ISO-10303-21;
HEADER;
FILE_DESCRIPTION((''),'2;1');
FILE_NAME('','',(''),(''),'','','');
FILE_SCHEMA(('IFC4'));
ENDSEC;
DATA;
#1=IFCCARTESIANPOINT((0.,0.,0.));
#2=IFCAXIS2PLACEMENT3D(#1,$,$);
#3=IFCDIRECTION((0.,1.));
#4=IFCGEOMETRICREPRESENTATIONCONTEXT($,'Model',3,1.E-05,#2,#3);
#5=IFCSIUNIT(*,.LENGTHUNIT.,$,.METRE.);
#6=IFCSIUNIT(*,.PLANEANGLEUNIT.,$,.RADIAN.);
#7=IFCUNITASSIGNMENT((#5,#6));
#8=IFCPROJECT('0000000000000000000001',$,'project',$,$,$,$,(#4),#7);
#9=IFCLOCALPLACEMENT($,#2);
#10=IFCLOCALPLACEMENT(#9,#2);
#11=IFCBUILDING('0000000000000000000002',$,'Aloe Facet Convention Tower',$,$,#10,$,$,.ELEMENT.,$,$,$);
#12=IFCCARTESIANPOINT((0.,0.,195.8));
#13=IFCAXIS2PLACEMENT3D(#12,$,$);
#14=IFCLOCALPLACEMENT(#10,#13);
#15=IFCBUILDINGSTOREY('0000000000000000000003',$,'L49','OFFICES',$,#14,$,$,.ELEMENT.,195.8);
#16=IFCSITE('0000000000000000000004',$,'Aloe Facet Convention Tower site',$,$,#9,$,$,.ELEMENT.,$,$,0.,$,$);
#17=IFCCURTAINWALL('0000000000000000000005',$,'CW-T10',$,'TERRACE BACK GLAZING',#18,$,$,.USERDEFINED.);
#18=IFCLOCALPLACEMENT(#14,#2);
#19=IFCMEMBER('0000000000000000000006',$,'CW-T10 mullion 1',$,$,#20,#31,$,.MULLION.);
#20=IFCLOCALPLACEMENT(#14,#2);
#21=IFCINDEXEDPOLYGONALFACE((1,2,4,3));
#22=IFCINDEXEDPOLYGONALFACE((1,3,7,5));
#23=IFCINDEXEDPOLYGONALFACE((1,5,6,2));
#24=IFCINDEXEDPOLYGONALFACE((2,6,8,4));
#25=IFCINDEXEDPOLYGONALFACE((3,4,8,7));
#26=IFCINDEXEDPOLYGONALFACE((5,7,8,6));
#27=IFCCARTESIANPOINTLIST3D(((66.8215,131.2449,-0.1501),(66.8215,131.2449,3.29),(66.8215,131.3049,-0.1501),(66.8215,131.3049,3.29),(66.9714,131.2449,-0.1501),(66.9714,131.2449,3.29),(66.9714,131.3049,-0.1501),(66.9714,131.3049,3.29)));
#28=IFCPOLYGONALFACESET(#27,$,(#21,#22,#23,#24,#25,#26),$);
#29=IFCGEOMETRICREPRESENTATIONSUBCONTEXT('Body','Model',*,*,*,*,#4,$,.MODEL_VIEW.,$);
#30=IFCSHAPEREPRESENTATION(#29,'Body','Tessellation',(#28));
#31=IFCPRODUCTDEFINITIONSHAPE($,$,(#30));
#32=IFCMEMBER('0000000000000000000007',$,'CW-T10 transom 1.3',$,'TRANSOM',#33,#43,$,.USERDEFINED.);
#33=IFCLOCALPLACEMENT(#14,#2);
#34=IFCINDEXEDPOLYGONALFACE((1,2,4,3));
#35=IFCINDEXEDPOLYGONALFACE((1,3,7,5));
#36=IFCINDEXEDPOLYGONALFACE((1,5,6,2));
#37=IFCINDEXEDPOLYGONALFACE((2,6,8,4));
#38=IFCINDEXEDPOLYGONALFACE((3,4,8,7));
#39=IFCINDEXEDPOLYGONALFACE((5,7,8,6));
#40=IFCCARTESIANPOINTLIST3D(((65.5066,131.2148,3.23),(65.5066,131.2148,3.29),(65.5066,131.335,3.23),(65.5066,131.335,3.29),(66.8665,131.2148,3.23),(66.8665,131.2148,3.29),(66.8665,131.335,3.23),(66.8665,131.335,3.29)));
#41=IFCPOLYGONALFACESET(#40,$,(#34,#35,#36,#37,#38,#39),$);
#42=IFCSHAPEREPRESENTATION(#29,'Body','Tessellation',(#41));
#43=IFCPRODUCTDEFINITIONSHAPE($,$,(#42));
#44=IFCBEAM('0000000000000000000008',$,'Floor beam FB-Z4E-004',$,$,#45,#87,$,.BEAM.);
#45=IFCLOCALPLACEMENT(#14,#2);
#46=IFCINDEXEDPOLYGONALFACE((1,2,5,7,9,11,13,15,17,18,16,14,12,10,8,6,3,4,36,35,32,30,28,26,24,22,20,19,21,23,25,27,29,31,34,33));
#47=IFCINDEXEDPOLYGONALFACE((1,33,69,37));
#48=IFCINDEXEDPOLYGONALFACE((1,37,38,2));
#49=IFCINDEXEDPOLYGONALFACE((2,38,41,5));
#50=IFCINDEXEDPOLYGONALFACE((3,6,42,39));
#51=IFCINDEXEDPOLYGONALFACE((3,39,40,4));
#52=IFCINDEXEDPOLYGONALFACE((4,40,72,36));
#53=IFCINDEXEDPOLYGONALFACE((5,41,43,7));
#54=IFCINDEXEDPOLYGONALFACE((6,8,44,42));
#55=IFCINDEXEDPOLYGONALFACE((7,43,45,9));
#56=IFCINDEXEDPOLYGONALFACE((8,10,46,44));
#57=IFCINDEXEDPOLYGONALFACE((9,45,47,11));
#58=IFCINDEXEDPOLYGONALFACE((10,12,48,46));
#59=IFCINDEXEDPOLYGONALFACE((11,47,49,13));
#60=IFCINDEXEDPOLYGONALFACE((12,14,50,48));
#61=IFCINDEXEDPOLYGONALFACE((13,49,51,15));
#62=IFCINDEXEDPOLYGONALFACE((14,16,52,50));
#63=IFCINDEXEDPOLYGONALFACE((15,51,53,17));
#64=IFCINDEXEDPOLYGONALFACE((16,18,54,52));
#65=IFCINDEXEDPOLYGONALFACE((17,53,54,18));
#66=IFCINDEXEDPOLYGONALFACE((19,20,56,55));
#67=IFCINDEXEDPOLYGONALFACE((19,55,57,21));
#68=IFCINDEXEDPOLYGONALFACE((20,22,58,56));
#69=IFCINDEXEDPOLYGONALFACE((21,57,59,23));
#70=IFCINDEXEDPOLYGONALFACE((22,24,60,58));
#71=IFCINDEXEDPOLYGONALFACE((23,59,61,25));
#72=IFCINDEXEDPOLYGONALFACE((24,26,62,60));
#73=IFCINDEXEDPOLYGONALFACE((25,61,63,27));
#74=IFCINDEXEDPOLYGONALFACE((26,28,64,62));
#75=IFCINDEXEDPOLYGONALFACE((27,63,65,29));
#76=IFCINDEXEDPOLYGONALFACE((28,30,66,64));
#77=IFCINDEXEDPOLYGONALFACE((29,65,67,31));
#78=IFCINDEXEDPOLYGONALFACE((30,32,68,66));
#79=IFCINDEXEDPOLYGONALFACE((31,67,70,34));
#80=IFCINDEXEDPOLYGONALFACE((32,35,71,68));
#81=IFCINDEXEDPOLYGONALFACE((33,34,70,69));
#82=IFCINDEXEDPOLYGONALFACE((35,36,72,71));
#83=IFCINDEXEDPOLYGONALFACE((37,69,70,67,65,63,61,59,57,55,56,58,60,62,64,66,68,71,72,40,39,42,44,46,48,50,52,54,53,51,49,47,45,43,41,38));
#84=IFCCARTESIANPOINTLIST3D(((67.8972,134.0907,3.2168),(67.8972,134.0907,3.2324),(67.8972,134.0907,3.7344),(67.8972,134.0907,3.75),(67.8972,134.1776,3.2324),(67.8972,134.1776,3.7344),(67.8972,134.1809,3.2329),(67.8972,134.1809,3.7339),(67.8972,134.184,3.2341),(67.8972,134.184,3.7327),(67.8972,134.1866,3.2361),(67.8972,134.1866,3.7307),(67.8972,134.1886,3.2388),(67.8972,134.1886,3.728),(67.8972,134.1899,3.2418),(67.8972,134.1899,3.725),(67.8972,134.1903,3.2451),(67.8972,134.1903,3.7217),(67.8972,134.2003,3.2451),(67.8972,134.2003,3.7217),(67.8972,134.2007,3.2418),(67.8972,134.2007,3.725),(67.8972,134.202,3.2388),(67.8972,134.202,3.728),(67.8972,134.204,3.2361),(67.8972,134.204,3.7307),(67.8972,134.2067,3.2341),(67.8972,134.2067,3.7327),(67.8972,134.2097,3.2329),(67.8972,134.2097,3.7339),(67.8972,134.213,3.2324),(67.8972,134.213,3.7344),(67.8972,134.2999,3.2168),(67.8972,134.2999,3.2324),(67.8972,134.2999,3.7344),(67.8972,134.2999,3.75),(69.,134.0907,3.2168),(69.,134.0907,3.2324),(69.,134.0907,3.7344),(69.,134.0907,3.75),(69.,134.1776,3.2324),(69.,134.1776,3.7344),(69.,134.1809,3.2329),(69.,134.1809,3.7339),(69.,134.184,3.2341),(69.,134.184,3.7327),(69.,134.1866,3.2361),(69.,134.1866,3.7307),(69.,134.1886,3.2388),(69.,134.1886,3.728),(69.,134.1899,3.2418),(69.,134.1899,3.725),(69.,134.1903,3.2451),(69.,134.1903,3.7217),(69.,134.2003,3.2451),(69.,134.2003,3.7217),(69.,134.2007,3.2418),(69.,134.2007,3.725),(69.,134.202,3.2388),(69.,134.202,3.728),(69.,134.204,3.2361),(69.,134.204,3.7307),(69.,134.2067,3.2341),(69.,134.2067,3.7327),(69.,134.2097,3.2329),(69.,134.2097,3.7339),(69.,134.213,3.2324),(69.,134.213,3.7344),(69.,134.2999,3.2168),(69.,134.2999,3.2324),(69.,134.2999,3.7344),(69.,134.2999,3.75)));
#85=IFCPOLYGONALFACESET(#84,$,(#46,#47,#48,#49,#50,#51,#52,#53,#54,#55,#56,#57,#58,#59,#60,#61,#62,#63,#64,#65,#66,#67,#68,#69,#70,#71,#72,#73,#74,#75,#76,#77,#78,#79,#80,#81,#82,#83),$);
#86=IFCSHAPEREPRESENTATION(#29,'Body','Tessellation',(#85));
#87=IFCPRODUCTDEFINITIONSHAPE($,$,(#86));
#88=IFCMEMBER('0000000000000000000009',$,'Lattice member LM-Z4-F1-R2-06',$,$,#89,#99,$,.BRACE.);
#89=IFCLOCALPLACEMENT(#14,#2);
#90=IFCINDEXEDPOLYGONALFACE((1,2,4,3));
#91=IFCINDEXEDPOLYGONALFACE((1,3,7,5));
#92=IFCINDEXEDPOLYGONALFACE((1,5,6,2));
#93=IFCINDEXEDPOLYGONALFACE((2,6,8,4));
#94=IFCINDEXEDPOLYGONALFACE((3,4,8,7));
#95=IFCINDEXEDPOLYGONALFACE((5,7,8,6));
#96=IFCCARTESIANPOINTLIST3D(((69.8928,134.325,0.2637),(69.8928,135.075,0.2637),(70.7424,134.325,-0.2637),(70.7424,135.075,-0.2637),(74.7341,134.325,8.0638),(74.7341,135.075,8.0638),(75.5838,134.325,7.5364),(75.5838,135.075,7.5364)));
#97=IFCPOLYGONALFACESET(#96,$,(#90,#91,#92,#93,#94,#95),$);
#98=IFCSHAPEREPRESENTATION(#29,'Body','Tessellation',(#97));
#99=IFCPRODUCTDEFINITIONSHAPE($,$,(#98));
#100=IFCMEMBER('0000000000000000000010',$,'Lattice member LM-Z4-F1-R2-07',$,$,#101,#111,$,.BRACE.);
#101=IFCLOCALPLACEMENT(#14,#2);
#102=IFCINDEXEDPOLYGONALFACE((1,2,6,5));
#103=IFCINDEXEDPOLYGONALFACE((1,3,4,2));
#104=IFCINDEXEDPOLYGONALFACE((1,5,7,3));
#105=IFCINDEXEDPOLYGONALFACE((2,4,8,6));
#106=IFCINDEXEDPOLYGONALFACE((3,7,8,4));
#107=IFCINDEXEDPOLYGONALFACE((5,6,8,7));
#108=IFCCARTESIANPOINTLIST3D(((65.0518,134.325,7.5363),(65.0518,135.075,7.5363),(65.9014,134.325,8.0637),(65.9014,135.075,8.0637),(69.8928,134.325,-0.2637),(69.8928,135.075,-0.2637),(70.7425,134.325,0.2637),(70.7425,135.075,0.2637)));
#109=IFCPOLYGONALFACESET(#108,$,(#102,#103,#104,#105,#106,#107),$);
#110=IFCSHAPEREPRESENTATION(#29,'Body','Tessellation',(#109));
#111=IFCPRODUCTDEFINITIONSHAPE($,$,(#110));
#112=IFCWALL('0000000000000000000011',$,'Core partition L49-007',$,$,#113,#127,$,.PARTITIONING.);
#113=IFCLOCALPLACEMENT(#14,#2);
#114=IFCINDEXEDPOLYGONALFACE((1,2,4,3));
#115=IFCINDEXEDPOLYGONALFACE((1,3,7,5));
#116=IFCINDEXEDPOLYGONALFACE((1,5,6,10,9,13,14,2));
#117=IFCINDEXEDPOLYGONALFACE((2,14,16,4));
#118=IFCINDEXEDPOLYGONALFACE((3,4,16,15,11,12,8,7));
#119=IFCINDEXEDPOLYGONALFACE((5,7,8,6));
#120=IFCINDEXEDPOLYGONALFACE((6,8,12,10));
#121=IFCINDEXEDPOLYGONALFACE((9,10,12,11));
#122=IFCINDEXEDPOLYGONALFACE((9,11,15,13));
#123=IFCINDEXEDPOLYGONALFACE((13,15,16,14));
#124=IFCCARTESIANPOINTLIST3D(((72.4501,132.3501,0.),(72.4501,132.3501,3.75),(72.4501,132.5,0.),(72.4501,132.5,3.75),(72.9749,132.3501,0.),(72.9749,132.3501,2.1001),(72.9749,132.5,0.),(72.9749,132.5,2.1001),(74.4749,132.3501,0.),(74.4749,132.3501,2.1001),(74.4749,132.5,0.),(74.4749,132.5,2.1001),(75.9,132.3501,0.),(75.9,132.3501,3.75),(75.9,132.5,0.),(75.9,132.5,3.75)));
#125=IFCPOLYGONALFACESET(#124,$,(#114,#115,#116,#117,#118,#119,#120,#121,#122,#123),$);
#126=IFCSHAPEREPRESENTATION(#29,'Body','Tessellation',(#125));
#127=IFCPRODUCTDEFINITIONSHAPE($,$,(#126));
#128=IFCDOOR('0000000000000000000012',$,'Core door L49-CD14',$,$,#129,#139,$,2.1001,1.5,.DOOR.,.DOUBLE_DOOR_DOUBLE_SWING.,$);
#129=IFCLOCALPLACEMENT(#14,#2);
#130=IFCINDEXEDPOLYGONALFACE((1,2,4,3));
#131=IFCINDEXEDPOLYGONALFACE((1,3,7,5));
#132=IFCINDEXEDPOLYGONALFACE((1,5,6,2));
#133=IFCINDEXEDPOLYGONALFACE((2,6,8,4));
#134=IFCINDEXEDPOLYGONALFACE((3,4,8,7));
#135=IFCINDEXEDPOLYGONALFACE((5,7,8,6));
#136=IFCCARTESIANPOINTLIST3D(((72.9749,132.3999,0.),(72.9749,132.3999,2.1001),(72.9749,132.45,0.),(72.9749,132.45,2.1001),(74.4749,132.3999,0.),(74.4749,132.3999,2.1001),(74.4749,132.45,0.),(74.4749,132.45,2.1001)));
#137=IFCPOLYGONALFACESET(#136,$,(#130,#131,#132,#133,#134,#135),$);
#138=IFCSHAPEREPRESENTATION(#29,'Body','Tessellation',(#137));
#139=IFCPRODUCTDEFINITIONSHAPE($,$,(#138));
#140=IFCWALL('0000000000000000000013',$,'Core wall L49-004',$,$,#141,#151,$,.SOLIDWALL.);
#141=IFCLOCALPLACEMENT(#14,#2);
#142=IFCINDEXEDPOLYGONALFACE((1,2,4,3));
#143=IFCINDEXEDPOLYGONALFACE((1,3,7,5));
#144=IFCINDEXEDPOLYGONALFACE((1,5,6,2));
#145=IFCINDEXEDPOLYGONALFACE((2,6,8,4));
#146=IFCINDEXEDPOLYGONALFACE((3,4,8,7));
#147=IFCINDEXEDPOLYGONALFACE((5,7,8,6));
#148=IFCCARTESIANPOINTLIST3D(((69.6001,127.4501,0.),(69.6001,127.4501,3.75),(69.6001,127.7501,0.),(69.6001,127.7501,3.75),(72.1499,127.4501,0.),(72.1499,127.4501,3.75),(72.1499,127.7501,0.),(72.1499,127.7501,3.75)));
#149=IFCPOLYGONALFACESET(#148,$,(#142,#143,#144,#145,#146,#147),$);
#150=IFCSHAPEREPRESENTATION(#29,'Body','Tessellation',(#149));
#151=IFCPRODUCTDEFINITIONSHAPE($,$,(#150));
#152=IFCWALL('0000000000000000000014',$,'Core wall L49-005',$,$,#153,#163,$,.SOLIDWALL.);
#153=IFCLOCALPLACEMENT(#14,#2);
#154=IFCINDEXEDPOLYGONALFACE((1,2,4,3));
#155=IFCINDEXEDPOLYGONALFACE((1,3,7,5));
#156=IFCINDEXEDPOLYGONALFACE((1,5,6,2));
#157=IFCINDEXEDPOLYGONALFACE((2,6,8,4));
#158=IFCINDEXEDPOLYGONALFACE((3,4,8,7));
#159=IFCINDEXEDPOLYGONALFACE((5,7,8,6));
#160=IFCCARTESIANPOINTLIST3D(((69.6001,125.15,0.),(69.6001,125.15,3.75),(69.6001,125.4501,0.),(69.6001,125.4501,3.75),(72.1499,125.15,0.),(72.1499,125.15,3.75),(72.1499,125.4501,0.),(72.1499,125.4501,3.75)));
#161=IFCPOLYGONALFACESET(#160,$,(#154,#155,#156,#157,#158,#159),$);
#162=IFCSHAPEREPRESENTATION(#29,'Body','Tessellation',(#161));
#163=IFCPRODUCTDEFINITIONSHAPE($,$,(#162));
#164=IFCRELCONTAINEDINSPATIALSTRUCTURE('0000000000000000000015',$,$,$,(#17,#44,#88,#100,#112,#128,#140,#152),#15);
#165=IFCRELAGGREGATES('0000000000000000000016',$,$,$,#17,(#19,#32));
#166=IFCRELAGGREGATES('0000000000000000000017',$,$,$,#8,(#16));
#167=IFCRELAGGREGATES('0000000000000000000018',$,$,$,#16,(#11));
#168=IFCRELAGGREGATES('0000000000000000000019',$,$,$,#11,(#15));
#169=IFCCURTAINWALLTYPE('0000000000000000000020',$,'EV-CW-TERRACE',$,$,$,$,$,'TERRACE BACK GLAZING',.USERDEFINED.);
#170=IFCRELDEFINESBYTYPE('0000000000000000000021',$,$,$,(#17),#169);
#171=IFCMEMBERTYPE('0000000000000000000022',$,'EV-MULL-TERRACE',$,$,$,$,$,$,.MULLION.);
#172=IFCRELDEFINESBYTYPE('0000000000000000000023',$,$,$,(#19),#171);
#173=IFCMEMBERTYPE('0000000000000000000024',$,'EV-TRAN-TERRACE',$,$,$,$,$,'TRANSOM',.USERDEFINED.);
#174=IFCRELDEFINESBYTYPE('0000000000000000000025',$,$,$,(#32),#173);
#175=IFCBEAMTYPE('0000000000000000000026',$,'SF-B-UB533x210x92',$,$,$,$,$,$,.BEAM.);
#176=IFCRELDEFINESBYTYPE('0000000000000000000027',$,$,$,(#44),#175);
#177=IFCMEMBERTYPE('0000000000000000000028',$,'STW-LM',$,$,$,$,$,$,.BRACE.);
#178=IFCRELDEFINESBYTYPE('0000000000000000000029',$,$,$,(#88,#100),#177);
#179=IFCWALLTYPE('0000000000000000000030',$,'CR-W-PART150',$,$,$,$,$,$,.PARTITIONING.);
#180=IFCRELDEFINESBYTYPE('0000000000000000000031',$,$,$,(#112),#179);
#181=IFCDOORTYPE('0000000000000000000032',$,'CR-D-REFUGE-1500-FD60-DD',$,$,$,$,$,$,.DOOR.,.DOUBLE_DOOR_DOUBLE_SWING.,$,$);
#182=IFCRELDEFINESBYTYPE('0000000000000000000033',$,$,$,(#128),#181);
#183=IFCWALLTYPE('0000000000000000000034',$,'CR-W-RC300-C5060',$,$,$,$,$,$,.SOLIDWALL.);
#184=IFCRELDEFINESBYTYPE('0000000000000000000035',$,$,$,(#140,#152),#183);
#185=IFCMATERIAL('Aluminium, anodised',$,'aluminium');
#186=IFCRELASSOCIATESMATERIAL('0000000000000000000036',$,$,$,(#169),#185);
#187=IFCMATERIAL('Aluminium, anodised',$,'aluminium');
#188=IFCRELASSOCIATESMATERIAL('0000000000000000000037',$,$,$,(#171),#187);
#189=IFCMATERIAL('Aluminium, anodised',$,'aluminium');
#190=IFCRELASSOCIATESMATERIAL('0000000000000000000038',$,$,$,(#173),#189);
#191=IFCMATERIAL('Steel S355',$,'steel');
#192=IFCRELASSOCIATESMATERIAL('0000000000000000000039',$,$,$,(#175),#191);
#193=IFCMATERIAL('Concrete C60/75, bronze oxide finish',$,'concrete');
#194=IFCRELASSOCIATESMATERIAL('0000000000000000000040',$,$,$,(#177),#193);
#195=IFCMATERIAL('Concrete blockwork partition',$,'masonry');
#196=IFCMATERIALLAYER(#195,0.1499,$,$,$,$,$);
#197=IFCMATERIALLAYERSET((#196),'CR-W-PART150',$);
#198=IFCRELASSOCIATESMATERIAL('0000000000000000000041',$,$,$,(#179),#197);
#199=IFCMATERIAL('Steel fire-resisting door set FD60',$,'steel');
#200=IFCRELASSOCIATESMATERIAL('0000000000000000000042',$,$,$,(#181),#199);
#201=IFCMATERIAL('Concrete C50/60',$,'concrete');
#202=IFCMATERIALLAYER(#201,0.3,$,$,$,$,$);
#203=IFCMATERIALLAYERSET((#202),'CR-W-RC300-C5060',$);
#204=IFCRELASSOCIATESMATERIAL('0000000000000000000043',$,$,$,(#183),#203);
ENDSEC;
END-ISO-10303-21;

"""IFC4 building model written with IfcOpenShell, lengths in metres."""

from ifc_helpers import new_model, si_unit, direction, frame, frame_2d, origin, origin_2d, place, context, subcontext, project, spatial, rectangle, i_section, extrude, material, layer, layer_set, material_profile, profile_set, type_object, element, fill, aggregate, save


model = new_model("IFC4")

# Units and contexts
model_context = context("Model", 3, precision=1e-05, world=origin(), true_north=direction((0.0, 1.0)))
body_context = subcontext(model_context, "Body", "Model", "MODEL_VIEW")
ifc_project = project(units=[si_unit("LENGTHUNIT", "METRE"), si_unit("PLANEANGLEUNIT", "RADIAN")], contexts=[model_context])

# Site, building, storey
site_placement = place(None, origin())
site = spatial("IfcSite", under=ifc_project, at=site_placement, Name="Aloe Facet Convention Tower site", CompositionType="ELEMENT", RefElevation=0.0)
building_placement = place(site_placement, origin())
building = spatial("IfcBuilding", under=site, at=building_placement, Name="Aloe Facet Convention Tower", CompositionType="ELEMENT")
storey_placement = place(building_placement, frame((0.0, 0.0, 195.8)))
storey = spatial("IfcBuildingStorey", under=building, at=storey_placement, Name="L49", Description="OFFICES", CompositionType="ELEMENT", Elevation=195.8)

# Curtain wall, members
ifc_material_1 = material(Name="Aluminium, anodised", Category="aluminium")
curtain_wall_type = type_object("IfcCurtainWallType", Name="EV-CW-TERRACE", ElementType="TERRACE BACK GLAZING", PredefinedType="USERDEFINED", material=ifc_material_1)
curtain_wall_placement = place(storey_placement, origin())
curtain_wall = element("IfcCurtainWall", 1, at=curtain_wall_placement, inside=storey, type_object=curtain_wall_type, Name="CW-T10", ObjectType="TERRACE BACK GLAZING", PredefinedType="USERDEFINED")
ifc_material_2 = material(Name="Aluminium, anodised", Category="aluminium")
ifc_material_profile_1 = material_profile(ifc_material_2, rectangle(XDim=0.0601, YDim=0.1499, at=origin_2d()), Name="AL 60x150")
ifc_profile_set_1 = profile_set([ifc_material_profile_1], Name="Aluminium, anodised")
member_type_1 = type_object("IfcMemberType", Name="EV-MULL-TERRACE", PredefinedType="MULLION", material=ifc_profile_set_1)
member_1_placement = place(storey_placement, frame((66.8965, 131.2749, -0.1501), z_axis=(0.0, 0.0, 1.0), x_axis=(0.0, -1.0, 0.0)))
member_1 = element("IfcMember", 2, at=member_1_placement, type_object=member_type_1, Name="CW-T10 mullion 1", PredefinedType="MULLION", context=body_context, shape_type="SweptSolid", body=[
    extrude(rectangle(XDim=0.0601, YDim=0.1499, at=origin_2d()), origin(), (0.0, 0.0, 1.0), 3.4402),
])
ifc_material_3 = material(Name="Aluminium, anodised", Category="aluminium")
ifc_material_profile_2 = material_profile(ifc_material_3, rectangle(XDim=0.1201, YDim=0.0601, at=origin_2d()), Name="AL 120x60")
ifc_profile_set_2 = profile_set([ifc_material_profile_2], Name="Aluminium, anodised")
member_type_2 = type_object("IfcMemberType", Name="EV-TRAN-TERRACE", ElementType="TRANSOM", PredefinedType="USERDEFINED", material=ifc_profile_set_2)
member_2_placement = place(storey_placement, frame((66.8665, 131.2749, 3.26), z_axis=(-1.0, 0.0, 0.0), x_axis=(0.0, -1.0, 0.0)))
member_2 = element("IfcMember", 3, at=member_2_placement, type_object=member_type_2, Name="CW-T10 transom 1.3", ObjectType="TRANSOM", PredefinedType="USERDEFINED", context=body_context, shape_type="SweptSolid", body=[
    extrude(rectangle(XDim=0.1201, YDim=0.0601, at=origin_2d()), origin(), (0.0, 0.0, 1.0), 1.3599),
])
aggregate(curtain_wall, [member_1, member_2])

# Beam
ifc_material_4 = material(Name="Steel S355", Category="steel")
ifc_material_profile_3 = material_profile(ifc_material_4, i_section(OverallWidth=0.2092, OverallDepth=0.5332, WebThickness=0.01, FlangeThickness=0.0156, FilletRadius=0.0127, at=origin_2d()), Name="UB 533x210x92")
ifc_profile_set_3 = profile_set([ifc_material_profile_3], Name="Steel S355")
beam_type = type_object("IfcBeamType", Name="SF-B-UB533x210x92", PredefinedType="BEAM", material=ifc_profile_set_3)
beam_placement = place(storey_placement, frame((67.8972, 134.1953, 3.4834), z_axis=(1.0, 0.0, 0.0), x_axis=(0.0, 1.0, 0.0)))
element("IfcBeam", 4, at=beam_placement, inside=storey, type_object=beam_type, Name="Floor beam FB-Z4E-004", PredefinedType="BEAM", context=body_context, shape_type="SweptSolid", body=[
    extrude(i_section(OverallWidth=0.2092, OverallDepth=0.5332, WebThickness=0.01, FlangeThickness=0.0156, FilletRadius=0.0127, at=origin_2d()), origin(), (0.0, 0.0, 1.0), 1.1028),
])

# Members
ifc_material_5 = material(Name="Concrete C60/75, bronze oxide finish", Category="concrete")
ifc_material_profile_4 = material_profile(ifc_material_5, rectangle(XDim=0.75, YDim=1.0, at=origin_2d()), Name="STW-LM")
ifc_profile_set_4 = profile_set([ifc_material_profile_4], Name="Concrete C60/75, bronze oxide finish")
member_type_3 = type_object("IfcMemberType", Name="STW-LM", PredefinedType="BRACE", material=ifc_profile_set_4)
member_3_placement = place(storey_placement, frame((70.3176, 134.7, 0.0), z_axis=(0.527355, 0.0, 0.849645), x_axis=(0.0, 1.0, 0.0)))
element("IfcMember", 5, at=member_3_placement, inside=storey, type_object=member_type_3, Name="Lattice member LM-Z4-F1-R2-06", PredefinedType="BRACE", context=body_context, shape_type="SweptSolid", body=[
    extrude(rectangle(XDim=0.75, YDim=1.0, at=origin_2d()), origin(), (0.0, 0.0, 1.0), 9.1804),
])
member_4_placement = place(storey_placement, frame((70.3176, 134.7, 0.0), z_axis=(-0.527336, 0.0, 0.849657), x_axis=(0.0, -1.0, 0.0)))
element("IfcMember", 6, at=member_4_placement, inside=storey, type_object=member_type_3, Name="Lattice member LM-Z4-F1-R2-07", PredefinedType="BRACE", context=body_context, shape_type="SweptSolid", body=[
    extrude(rectangle(XDim=0.75, YDim=1.0, at=origin_2d()), origin(), (0.0, 0.0, 1.0), 9.1802),
])

# Wall, opening, door
ifc_material_6 = material(Name="Concrete blockwork partition", Category="masonry")
ifc_layer_1 = layer(ifc_material_6, 0.1499)
ifc_layer_set_1 = layer_set([ifc_layer_1], Name="CR-W-PART150")
wall_type_1 = type_object("IfcWallType", Name="CR-W-PART150", PredefinedType="PARTITIONING", material=ifc_layer_set_1)
wall_1_placement = place(storey_placement, frame((72.45, 132.425, 0.0), z_axis=(0.0, 0.0, 1.0), x_axis=(1.0, 0.0, 0.0)))
wall_1 = element("IfcWall", 7, at=wall_1_placement, inside=storey, type_object=wall_type_1, Name="Core partition L49-007", PredefinedType="PARTITIONING", context=body_context, shape_type="SweptSolid", body=[
    extrude(rectangle(XDim=3.45, YDim=0.1499, at=frame_2d((1.7251, 0.0))), origin(), (0.0, 0.0, 1.0), 3.75),
])
opening_1_placement = place(wall_1_placement, frame((0.5249, 0.0, 0.0)))
opening_1 = element("IfcOpeningElement", 8, at=opening_1_placement, cuts=wall_1, PredefinedType="OPENING", context=body_context, shape_type="SweptSolid", body=[
    extrude(rectangle(XDim=1.5, YDim=2.1001, at=frame_2d((0.75, 1.05))), frame((0.0, 0.085, 0.0), z_axis=(0.0, -1.0, 0.0), x_axis=(1.0, 0.0, 0.0)), (0.0, 0.0, 1.0), 0.1699),
])
ifc_material_7 = material(Name="Steel fire-resisting door set FD60", Category="steel")
door_type_1 = type_object("IfcDoorType", Name="CR-D-REFUGE-1500-FD60-DD", OperationType="DOUBLE_DOOR_DOUBLE_SWING", PredefinedType="DOOR", material=ifc_material_7)
door_1_placement = place(opening_1_placement, origin())
door_1 = element("IfcDoor", 9, at=door_1_placement, inside=storey, type_object=door_type_1, Name="Core door L49-CD14", OperationType="DOUBLE_DOOR_DOUBLE_SWING", OverallHeight=2.1001, OverallWidth=1.5, PredefinedType="DOOR", context=body_context, shape_type="SweptSolid", body=[
    extrude(rectangle(XDim=1.5, YDim=2.1001, at=frame_2d((0.75, 1.05))), frame((0.0, 0.0249, 0.0), z_axis=(0.0, -1.0, 0.0), x_axis=(1.0, 0.0, 0.0)), (0.0, 0.0, 1.0), 0.05),
])
fill(opening_1, door_1)

# Walls
ifc_material_8 = material(Name="Concrete C50/60", Category="concrete")
ifc_layer_2 = layer(ifc_material_8, 0.3)
ifc_layer_set_2 = layer_set([ifc_layer_2], Name="CR-W-RC300-C5060")
wall_type_2 = type_object("IfcWallType", Name="CR-W-RC300-C5060", PredefinedType="SOLIDWALL", material=ifc_layer_set_2)
for number, where, z_axis, x_axis, name in (
    (10, (69.6001, 127.6001, 0.0), (0.0, 0.0, 1.0), (1.0, 0.0, 0.0), "Core wall L49-004"),
    (11, (69.6001, 125.3, 0.0), (0.0, 0.0, 1.0), (1.0, 0.0, 0.0), "Core wall L49-005"),
):
    element("IfcWall", number, at=place(storey_placement, frame(where, z_axis=z_axis, x_axis=x_axis)), inside=storey, type_object=wall_type_2, Name=name, PredefinedType="SOLIDWALL", context=body_context, shape_type="SweptSolid", body=[
        extrude(rectangle(XDim=2.5498, YDim=0.3, at=frame_2d((1.2749, 0.0))), origin(), (0.0, 0.0, 1.0), 3.75),
    ])

save(model, "model.ifc")
